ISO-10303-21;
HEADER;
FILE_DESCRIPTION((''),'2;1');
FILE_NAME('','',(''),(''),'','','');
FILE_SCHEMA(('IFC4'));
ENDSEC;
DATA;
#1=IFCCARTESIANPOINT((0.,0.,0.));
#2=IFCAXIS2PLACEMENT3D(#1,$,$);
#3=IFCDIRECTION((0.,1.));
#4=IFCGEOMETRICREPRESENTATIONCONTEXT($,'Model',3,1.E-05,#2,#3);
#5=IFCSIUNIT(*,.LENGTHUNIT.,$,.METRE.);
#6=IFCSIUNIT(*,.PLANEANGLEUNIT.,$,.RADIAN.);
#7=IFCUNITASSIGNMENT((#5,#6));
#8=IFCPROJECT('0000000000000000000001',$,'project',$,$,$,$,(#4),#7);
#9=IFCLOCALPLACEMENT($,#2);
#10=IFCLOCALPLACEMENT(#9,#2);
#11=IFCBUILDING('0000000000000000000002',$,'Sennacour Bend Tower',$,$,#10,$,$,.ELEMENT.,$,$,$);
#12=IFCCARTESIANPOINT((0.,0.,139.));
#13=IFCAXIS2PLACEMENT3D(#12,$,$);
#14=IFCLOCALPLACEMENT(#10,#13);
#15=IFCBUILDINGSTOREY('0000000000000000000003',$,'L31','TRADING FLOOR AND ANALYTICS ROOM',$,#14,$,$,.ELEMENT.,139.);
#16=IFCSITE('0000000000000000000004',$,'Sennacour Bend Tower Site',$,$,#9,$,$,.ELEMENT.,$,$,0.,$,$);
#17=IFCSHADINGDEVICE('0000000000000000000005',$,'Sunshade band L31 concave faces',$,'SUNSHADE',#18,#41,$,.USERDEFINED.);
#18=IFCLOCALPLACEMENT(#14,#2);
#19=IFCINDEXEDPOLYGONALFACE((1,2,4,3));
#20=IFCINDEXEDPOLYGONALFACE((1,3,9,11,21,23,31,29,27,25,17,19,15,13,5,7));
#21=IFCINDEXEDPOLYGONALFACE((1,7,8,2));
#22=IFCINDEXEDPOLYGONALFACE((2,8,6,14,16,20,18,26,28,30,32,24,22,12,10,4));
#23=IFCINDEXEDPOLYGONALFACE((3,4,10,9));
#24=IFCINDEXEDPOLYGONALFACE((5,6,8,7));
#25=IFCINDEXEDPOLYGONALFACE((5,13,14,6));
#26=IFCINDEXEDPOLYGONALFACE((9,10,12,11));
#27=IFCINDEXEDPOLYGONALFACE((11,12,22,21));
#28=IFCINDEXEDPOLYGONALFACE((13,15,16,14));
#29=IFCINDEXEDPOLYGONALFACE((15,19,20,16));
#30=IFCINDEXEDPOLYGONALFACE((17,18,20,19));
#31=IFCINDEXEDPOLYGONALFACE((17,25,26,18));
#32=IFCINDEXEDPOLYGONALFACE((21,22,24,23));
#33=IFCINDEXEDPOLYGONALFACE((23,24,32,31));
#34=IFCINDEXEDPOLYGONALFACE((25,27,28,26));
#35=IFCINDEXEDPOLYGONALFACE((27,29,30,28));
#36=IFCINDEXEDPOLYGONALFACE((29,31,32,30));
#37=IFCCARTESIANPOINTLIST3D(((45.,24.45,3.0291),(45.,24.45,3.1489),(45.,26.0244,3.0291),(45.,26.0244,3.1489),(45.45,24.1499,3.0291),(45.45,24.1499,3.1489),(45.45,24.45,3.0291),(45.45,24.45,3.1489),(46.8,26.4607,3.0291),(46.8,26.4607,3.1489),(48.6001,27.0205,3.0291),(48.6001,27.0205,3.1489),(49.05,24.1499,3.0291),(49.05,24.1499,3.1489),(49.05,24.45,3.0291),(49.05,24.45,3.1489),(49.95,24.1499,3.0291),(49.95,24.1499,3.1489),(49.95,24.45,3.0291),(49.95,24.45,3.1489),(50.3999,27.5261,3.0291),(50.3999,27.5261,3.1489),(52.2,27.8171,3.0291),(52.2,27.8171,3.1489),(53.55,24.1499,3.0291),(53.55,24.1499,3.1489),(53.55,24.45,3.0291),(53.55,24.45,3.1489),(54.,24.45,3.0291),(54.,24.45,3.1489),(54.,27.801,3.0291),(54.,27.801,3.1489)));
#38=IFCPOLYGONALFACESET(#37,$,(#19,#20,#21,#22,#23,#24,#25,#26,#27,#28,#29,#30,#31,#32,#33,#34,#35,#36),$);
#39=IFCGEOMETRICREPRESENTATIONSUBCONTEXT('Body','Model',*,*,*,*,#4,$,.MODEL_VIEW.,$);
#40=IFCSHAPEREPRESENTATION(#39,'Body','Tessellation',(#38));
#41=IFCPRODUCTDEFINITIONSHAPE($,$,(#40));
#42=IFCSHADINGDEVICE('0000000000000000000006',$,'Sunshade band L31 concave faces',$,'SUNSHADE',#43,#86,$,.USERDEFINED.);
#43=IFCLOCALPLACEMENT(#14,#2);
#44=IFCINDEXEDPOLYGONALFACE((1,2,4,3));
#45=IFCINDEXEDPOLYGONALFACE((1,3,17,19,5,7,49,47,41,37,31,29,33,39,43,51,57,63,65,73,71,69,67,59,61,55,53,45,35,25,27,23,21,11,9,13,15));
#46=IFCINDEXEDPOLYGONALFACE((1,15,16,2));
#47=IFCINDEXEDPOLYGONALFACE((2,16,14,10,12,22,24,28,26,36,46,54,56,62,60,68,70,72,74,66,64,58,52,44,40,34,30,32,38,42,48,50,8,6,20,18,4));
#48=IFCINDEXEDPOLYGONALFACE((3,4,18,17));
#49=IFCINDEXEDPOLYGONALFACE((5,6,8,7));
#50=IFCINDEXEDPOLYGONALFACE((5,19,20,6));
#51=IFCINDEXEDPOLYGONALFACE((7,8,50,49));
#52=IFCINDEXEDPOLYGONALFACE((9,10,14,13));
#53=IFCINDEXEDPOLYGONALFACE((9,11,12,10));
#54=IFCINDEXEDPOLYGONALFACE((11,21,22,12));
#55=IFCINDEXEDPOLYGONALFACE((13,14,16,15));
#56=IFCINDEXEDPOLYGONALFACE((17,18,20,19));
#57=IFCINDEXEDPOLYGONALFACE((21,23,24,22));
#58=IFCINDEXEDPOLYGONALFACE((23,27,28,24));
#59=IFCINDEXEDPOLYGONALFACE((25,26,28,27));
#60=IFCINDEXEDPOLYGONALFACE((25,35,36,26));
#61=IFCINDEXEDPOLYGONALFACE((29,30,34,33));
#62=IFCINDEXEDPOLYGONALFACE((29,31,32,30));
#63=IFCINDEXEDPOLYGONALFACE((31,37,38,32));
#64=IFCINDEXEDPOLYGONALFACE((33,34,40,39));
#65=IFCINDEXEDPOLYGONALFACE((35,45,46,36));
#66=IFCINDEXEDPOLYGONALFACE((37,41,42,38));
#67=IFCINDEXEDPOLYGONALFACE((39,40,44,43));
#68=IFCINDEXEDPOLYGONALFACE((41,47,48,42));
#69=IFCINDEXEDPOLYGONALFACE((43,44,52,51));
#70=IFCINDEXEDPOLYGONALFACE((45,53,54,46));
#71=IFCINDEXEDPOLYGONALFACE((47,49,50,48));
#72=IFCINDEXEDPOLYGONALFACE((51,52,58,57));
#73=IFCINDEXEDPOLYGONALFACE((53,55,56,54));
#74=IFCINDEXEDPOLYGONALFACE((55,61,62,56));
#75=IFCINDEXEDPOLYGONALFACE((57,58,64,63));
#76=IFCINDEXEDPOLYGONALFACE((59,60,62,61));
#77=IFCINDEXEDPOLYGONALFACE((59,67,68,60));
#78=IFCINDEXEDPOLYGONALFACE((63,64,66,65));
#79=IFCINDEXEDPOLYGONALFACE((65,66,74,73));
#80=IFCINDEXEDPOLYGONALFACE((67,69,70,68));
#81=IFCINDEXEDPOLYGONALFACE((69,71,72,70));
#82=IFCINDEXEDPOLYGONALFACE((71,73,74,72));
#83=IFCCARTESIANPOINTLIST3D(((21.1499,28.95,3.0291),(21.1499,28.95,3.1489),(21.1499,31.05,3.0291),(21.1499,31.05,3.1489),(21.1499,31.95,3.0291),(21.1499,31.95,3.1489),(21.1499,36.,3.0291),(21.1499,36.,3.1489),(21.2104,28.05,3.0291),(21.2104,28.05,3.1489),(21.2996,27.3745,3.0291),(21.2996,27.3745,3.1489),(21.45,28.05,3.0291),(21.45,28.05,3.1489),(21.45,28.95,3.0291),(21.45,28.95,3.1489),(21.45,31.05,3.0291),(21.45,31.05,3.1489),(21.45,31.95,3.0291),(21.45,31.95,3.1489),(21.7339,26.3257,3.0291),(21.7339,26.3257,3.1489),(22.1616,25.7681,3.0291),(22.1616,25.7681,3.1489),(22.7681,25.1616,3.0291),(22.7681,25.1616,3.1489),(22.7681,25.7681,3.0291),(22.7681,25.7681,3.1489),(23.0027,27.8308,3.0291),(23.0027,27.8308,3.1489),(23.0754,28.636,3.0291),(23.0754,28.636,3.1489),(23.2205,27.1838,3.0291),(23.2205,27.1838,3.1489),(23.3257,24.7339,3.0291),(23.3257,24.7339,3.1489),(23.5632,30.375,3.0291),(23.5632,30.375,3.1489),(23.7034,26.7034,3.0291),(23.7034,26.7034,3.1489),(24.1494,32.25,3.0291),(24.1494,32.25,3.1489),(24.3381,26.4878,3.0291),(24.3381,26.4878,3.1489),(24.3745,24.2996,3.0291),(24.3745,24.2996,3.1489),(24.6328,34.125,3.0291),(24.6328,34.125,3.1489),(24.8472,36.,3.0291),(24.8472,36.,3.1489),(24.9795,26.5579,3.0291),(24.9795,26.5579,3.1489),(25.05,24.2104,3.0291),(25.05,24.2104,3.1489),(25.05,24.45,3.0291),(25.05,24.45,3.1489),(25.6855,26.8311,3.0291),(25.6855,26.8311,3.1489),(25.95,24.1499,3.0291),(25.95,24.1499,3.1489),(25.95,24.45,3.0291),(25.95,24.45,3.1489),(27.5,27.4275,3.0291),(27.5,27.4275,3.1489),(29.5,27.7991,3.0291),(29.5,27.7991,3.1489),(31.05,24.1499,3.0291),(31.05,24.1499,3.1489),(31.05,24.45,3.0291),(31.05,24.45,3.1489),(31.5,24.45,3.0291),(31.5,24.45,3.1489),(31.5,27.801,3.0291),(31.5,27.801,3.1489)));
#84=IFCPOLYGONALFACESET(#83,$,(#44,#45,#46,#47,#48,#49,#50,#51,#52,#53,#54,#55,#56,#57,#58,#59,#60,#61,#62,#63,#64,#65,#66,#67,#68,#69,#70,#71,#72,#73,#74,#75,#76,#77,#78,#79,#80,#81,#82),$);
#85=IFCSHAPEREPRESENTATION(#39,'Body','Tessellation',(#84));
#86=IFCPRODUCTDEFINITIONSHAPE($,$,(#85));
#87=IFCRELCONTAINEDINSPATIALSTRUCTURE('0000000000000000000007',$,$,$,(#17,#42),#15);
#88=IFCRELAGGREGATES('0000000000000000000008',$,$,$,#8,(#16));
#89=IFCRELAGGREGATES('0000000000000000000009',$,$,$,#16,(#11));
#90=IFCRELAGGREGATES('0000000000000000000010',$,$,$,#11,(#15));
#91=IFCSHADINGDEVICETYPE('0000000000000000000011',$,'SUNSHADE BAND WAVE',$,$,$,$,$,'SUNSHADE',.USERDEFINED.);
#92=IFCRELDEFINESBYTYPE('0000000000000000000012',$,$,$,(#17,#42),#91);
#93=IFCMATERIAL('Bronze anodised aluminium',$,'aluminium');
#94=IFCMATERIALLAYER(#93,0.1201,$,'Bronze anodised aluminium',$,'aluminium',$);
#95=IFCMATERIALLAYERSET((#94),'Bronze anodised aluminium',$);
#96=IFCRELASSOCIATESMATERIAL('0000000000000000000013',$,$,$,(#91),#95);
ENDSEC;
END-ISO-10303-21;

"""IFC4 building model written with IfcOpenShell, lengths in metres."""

from ifc_helpers import new_model, si_unit, direction, frame, origin, place, context, subcontext, project, spatial, polyline, outline, extrude, material, layer, layer_set, type_object, element, save


model = new_model("IFC4")

# Units and contexts
model_context = context("Model", 3, precision=1e-05, world=origin(), true_north=direction((0.0, 1.0)))
body_context = subcontext(model_context, "Body", "Model", "MODEL_VIEW")
ifc_project = project(units=[si_unit("LENGTHUNIT", "METRE"), si_unit("PLANEANGLEUNIT", "RADIAN")], contexts=[model_context])

# Site, building, storey
site_placement = place(None, origin())
site = spatial("IfcSite", under=ifc_project, at=site_placement, Name="Sennacour Bend Tower Site", CompositionType="ELEMENT", RefElevation=0.0)
building_placement = place(site_placement, origin())
building = spatial("IfcBuilding", under=site, at=building_placement, Name="Sennacour Bend Tower", CompositionType="ELEMENT")
storey_placement = place(building_placement, frame((0.0, 0.0, 139.0)))
storey = spatial("IfcBuildingStorey", under=building, at=storey_placement, Name="L31", Description="TRADING FLOOR AND ANALYTICS ROOM", CompositionType="ELEMENT", Elevation=139.0)

# Shading devices
ifc_material_1 = material(Name="Bronze anodised aluminium", Category="aluminium")
ifc_layer_1 = layer(ifc_material_1, 0.1201, Name="Bronze anodised aluminium", Category="aluminium")
ifc_layer_set_1 = layer_set([ifc_layer_1], Name="Bronze anodised aluminium")
shading_device_type_1 = type_object("IfcShadingDeviceType", Name="SUNSHADE BAND WAVE", ElementType="SUNSHADE", PredefinedType="USERDEFINED", material=ifc_layer_set_1)
shading_device_1_placement = place(storey_placement, frame((0.0, 0.0, 3.0291)))
element("IfcShadingDevice", 1, at=shading_device_1_placement, inside=storey, type_object=shading_device_type_1, Name="Sunshade band L31 concave faces", ObjectType="SUNSHADE", PredefinedType="USERDEFINED", context=body_context, shape_type="SweptSolid", body=[
    extrude(outline(polyline([(53.55, 24.1499), (49.95, 24.1499), (49.95, 24.45), (49.05, 24.45), (49.05, 24.1499), (45.45, 24.1499), (45.45, 24.45), (45.0, 24.45), (45.0, 26.0244), (46.8, 26.4607), (48.6001, 27.0205), (50.3999, 27.5261), (52.2, 27.8171), (54.0, 27.801), (54.0, 24.45), (53.55, 24.45), (53.55, 24.1499)])), origin(), (0.0, 0.0, 1.0), 0.1199),
])
shading_device_2_placement = place(storey_placement, frame((0.0, 0.0, 3.0291)))
element("IfcShadingDevice", 2, at=shading_device_2_placement, inside=storey, type_object=shading_device_type_1, Name="Sunshade band L31 concave faces", ObjectType="SUNSHADE", PredefinedType="USERDEFINED", context=body_context, shape_type="SweptSolid", body=[
    extrude(outline(polyline([(31.05, 24.1499), (25.95, 24.1499), (25.95, 24.45), (25.05, 24.45), (25.05, 24.2104), (24.3745, 24.2996), (23.3257, 24.7339), (22.7681, 25.1616), (22.7681, 25.7681), (22.1616, 25.7681), (21.7339, 26.3257), (21.2996, 27.3745), (21.2104, 28.05), (21.45, 28.05), (21.45, 28.95), (21.1499, 28.95), (21.1499, 31.05), (21.45, 31.05), (21.45, 31.95), (21.1499, 31.95), (21.1499, 36.0), (24.8472, 36.0), (24.6328, 34.125), (24.1494, 32.25), (23.5632, 30.375), (23.0754, 28.636), (23.0027, 27.8308), (23.2205, 27.1838), (23.7034, 26.7034), (24.3381, 26.4878), (24.9795, 26.5579), (25.6855, 26.8311), (27.5, 27.4275), (29.5, 27.7991), (31.5, 27.801), (31.5, 24.45), (31.05, 24.45), (31.05, 24.1499)])), origin(), (0.0, 0.0, 1.0), 0.1199),
])

save(model, "model.ifc")
